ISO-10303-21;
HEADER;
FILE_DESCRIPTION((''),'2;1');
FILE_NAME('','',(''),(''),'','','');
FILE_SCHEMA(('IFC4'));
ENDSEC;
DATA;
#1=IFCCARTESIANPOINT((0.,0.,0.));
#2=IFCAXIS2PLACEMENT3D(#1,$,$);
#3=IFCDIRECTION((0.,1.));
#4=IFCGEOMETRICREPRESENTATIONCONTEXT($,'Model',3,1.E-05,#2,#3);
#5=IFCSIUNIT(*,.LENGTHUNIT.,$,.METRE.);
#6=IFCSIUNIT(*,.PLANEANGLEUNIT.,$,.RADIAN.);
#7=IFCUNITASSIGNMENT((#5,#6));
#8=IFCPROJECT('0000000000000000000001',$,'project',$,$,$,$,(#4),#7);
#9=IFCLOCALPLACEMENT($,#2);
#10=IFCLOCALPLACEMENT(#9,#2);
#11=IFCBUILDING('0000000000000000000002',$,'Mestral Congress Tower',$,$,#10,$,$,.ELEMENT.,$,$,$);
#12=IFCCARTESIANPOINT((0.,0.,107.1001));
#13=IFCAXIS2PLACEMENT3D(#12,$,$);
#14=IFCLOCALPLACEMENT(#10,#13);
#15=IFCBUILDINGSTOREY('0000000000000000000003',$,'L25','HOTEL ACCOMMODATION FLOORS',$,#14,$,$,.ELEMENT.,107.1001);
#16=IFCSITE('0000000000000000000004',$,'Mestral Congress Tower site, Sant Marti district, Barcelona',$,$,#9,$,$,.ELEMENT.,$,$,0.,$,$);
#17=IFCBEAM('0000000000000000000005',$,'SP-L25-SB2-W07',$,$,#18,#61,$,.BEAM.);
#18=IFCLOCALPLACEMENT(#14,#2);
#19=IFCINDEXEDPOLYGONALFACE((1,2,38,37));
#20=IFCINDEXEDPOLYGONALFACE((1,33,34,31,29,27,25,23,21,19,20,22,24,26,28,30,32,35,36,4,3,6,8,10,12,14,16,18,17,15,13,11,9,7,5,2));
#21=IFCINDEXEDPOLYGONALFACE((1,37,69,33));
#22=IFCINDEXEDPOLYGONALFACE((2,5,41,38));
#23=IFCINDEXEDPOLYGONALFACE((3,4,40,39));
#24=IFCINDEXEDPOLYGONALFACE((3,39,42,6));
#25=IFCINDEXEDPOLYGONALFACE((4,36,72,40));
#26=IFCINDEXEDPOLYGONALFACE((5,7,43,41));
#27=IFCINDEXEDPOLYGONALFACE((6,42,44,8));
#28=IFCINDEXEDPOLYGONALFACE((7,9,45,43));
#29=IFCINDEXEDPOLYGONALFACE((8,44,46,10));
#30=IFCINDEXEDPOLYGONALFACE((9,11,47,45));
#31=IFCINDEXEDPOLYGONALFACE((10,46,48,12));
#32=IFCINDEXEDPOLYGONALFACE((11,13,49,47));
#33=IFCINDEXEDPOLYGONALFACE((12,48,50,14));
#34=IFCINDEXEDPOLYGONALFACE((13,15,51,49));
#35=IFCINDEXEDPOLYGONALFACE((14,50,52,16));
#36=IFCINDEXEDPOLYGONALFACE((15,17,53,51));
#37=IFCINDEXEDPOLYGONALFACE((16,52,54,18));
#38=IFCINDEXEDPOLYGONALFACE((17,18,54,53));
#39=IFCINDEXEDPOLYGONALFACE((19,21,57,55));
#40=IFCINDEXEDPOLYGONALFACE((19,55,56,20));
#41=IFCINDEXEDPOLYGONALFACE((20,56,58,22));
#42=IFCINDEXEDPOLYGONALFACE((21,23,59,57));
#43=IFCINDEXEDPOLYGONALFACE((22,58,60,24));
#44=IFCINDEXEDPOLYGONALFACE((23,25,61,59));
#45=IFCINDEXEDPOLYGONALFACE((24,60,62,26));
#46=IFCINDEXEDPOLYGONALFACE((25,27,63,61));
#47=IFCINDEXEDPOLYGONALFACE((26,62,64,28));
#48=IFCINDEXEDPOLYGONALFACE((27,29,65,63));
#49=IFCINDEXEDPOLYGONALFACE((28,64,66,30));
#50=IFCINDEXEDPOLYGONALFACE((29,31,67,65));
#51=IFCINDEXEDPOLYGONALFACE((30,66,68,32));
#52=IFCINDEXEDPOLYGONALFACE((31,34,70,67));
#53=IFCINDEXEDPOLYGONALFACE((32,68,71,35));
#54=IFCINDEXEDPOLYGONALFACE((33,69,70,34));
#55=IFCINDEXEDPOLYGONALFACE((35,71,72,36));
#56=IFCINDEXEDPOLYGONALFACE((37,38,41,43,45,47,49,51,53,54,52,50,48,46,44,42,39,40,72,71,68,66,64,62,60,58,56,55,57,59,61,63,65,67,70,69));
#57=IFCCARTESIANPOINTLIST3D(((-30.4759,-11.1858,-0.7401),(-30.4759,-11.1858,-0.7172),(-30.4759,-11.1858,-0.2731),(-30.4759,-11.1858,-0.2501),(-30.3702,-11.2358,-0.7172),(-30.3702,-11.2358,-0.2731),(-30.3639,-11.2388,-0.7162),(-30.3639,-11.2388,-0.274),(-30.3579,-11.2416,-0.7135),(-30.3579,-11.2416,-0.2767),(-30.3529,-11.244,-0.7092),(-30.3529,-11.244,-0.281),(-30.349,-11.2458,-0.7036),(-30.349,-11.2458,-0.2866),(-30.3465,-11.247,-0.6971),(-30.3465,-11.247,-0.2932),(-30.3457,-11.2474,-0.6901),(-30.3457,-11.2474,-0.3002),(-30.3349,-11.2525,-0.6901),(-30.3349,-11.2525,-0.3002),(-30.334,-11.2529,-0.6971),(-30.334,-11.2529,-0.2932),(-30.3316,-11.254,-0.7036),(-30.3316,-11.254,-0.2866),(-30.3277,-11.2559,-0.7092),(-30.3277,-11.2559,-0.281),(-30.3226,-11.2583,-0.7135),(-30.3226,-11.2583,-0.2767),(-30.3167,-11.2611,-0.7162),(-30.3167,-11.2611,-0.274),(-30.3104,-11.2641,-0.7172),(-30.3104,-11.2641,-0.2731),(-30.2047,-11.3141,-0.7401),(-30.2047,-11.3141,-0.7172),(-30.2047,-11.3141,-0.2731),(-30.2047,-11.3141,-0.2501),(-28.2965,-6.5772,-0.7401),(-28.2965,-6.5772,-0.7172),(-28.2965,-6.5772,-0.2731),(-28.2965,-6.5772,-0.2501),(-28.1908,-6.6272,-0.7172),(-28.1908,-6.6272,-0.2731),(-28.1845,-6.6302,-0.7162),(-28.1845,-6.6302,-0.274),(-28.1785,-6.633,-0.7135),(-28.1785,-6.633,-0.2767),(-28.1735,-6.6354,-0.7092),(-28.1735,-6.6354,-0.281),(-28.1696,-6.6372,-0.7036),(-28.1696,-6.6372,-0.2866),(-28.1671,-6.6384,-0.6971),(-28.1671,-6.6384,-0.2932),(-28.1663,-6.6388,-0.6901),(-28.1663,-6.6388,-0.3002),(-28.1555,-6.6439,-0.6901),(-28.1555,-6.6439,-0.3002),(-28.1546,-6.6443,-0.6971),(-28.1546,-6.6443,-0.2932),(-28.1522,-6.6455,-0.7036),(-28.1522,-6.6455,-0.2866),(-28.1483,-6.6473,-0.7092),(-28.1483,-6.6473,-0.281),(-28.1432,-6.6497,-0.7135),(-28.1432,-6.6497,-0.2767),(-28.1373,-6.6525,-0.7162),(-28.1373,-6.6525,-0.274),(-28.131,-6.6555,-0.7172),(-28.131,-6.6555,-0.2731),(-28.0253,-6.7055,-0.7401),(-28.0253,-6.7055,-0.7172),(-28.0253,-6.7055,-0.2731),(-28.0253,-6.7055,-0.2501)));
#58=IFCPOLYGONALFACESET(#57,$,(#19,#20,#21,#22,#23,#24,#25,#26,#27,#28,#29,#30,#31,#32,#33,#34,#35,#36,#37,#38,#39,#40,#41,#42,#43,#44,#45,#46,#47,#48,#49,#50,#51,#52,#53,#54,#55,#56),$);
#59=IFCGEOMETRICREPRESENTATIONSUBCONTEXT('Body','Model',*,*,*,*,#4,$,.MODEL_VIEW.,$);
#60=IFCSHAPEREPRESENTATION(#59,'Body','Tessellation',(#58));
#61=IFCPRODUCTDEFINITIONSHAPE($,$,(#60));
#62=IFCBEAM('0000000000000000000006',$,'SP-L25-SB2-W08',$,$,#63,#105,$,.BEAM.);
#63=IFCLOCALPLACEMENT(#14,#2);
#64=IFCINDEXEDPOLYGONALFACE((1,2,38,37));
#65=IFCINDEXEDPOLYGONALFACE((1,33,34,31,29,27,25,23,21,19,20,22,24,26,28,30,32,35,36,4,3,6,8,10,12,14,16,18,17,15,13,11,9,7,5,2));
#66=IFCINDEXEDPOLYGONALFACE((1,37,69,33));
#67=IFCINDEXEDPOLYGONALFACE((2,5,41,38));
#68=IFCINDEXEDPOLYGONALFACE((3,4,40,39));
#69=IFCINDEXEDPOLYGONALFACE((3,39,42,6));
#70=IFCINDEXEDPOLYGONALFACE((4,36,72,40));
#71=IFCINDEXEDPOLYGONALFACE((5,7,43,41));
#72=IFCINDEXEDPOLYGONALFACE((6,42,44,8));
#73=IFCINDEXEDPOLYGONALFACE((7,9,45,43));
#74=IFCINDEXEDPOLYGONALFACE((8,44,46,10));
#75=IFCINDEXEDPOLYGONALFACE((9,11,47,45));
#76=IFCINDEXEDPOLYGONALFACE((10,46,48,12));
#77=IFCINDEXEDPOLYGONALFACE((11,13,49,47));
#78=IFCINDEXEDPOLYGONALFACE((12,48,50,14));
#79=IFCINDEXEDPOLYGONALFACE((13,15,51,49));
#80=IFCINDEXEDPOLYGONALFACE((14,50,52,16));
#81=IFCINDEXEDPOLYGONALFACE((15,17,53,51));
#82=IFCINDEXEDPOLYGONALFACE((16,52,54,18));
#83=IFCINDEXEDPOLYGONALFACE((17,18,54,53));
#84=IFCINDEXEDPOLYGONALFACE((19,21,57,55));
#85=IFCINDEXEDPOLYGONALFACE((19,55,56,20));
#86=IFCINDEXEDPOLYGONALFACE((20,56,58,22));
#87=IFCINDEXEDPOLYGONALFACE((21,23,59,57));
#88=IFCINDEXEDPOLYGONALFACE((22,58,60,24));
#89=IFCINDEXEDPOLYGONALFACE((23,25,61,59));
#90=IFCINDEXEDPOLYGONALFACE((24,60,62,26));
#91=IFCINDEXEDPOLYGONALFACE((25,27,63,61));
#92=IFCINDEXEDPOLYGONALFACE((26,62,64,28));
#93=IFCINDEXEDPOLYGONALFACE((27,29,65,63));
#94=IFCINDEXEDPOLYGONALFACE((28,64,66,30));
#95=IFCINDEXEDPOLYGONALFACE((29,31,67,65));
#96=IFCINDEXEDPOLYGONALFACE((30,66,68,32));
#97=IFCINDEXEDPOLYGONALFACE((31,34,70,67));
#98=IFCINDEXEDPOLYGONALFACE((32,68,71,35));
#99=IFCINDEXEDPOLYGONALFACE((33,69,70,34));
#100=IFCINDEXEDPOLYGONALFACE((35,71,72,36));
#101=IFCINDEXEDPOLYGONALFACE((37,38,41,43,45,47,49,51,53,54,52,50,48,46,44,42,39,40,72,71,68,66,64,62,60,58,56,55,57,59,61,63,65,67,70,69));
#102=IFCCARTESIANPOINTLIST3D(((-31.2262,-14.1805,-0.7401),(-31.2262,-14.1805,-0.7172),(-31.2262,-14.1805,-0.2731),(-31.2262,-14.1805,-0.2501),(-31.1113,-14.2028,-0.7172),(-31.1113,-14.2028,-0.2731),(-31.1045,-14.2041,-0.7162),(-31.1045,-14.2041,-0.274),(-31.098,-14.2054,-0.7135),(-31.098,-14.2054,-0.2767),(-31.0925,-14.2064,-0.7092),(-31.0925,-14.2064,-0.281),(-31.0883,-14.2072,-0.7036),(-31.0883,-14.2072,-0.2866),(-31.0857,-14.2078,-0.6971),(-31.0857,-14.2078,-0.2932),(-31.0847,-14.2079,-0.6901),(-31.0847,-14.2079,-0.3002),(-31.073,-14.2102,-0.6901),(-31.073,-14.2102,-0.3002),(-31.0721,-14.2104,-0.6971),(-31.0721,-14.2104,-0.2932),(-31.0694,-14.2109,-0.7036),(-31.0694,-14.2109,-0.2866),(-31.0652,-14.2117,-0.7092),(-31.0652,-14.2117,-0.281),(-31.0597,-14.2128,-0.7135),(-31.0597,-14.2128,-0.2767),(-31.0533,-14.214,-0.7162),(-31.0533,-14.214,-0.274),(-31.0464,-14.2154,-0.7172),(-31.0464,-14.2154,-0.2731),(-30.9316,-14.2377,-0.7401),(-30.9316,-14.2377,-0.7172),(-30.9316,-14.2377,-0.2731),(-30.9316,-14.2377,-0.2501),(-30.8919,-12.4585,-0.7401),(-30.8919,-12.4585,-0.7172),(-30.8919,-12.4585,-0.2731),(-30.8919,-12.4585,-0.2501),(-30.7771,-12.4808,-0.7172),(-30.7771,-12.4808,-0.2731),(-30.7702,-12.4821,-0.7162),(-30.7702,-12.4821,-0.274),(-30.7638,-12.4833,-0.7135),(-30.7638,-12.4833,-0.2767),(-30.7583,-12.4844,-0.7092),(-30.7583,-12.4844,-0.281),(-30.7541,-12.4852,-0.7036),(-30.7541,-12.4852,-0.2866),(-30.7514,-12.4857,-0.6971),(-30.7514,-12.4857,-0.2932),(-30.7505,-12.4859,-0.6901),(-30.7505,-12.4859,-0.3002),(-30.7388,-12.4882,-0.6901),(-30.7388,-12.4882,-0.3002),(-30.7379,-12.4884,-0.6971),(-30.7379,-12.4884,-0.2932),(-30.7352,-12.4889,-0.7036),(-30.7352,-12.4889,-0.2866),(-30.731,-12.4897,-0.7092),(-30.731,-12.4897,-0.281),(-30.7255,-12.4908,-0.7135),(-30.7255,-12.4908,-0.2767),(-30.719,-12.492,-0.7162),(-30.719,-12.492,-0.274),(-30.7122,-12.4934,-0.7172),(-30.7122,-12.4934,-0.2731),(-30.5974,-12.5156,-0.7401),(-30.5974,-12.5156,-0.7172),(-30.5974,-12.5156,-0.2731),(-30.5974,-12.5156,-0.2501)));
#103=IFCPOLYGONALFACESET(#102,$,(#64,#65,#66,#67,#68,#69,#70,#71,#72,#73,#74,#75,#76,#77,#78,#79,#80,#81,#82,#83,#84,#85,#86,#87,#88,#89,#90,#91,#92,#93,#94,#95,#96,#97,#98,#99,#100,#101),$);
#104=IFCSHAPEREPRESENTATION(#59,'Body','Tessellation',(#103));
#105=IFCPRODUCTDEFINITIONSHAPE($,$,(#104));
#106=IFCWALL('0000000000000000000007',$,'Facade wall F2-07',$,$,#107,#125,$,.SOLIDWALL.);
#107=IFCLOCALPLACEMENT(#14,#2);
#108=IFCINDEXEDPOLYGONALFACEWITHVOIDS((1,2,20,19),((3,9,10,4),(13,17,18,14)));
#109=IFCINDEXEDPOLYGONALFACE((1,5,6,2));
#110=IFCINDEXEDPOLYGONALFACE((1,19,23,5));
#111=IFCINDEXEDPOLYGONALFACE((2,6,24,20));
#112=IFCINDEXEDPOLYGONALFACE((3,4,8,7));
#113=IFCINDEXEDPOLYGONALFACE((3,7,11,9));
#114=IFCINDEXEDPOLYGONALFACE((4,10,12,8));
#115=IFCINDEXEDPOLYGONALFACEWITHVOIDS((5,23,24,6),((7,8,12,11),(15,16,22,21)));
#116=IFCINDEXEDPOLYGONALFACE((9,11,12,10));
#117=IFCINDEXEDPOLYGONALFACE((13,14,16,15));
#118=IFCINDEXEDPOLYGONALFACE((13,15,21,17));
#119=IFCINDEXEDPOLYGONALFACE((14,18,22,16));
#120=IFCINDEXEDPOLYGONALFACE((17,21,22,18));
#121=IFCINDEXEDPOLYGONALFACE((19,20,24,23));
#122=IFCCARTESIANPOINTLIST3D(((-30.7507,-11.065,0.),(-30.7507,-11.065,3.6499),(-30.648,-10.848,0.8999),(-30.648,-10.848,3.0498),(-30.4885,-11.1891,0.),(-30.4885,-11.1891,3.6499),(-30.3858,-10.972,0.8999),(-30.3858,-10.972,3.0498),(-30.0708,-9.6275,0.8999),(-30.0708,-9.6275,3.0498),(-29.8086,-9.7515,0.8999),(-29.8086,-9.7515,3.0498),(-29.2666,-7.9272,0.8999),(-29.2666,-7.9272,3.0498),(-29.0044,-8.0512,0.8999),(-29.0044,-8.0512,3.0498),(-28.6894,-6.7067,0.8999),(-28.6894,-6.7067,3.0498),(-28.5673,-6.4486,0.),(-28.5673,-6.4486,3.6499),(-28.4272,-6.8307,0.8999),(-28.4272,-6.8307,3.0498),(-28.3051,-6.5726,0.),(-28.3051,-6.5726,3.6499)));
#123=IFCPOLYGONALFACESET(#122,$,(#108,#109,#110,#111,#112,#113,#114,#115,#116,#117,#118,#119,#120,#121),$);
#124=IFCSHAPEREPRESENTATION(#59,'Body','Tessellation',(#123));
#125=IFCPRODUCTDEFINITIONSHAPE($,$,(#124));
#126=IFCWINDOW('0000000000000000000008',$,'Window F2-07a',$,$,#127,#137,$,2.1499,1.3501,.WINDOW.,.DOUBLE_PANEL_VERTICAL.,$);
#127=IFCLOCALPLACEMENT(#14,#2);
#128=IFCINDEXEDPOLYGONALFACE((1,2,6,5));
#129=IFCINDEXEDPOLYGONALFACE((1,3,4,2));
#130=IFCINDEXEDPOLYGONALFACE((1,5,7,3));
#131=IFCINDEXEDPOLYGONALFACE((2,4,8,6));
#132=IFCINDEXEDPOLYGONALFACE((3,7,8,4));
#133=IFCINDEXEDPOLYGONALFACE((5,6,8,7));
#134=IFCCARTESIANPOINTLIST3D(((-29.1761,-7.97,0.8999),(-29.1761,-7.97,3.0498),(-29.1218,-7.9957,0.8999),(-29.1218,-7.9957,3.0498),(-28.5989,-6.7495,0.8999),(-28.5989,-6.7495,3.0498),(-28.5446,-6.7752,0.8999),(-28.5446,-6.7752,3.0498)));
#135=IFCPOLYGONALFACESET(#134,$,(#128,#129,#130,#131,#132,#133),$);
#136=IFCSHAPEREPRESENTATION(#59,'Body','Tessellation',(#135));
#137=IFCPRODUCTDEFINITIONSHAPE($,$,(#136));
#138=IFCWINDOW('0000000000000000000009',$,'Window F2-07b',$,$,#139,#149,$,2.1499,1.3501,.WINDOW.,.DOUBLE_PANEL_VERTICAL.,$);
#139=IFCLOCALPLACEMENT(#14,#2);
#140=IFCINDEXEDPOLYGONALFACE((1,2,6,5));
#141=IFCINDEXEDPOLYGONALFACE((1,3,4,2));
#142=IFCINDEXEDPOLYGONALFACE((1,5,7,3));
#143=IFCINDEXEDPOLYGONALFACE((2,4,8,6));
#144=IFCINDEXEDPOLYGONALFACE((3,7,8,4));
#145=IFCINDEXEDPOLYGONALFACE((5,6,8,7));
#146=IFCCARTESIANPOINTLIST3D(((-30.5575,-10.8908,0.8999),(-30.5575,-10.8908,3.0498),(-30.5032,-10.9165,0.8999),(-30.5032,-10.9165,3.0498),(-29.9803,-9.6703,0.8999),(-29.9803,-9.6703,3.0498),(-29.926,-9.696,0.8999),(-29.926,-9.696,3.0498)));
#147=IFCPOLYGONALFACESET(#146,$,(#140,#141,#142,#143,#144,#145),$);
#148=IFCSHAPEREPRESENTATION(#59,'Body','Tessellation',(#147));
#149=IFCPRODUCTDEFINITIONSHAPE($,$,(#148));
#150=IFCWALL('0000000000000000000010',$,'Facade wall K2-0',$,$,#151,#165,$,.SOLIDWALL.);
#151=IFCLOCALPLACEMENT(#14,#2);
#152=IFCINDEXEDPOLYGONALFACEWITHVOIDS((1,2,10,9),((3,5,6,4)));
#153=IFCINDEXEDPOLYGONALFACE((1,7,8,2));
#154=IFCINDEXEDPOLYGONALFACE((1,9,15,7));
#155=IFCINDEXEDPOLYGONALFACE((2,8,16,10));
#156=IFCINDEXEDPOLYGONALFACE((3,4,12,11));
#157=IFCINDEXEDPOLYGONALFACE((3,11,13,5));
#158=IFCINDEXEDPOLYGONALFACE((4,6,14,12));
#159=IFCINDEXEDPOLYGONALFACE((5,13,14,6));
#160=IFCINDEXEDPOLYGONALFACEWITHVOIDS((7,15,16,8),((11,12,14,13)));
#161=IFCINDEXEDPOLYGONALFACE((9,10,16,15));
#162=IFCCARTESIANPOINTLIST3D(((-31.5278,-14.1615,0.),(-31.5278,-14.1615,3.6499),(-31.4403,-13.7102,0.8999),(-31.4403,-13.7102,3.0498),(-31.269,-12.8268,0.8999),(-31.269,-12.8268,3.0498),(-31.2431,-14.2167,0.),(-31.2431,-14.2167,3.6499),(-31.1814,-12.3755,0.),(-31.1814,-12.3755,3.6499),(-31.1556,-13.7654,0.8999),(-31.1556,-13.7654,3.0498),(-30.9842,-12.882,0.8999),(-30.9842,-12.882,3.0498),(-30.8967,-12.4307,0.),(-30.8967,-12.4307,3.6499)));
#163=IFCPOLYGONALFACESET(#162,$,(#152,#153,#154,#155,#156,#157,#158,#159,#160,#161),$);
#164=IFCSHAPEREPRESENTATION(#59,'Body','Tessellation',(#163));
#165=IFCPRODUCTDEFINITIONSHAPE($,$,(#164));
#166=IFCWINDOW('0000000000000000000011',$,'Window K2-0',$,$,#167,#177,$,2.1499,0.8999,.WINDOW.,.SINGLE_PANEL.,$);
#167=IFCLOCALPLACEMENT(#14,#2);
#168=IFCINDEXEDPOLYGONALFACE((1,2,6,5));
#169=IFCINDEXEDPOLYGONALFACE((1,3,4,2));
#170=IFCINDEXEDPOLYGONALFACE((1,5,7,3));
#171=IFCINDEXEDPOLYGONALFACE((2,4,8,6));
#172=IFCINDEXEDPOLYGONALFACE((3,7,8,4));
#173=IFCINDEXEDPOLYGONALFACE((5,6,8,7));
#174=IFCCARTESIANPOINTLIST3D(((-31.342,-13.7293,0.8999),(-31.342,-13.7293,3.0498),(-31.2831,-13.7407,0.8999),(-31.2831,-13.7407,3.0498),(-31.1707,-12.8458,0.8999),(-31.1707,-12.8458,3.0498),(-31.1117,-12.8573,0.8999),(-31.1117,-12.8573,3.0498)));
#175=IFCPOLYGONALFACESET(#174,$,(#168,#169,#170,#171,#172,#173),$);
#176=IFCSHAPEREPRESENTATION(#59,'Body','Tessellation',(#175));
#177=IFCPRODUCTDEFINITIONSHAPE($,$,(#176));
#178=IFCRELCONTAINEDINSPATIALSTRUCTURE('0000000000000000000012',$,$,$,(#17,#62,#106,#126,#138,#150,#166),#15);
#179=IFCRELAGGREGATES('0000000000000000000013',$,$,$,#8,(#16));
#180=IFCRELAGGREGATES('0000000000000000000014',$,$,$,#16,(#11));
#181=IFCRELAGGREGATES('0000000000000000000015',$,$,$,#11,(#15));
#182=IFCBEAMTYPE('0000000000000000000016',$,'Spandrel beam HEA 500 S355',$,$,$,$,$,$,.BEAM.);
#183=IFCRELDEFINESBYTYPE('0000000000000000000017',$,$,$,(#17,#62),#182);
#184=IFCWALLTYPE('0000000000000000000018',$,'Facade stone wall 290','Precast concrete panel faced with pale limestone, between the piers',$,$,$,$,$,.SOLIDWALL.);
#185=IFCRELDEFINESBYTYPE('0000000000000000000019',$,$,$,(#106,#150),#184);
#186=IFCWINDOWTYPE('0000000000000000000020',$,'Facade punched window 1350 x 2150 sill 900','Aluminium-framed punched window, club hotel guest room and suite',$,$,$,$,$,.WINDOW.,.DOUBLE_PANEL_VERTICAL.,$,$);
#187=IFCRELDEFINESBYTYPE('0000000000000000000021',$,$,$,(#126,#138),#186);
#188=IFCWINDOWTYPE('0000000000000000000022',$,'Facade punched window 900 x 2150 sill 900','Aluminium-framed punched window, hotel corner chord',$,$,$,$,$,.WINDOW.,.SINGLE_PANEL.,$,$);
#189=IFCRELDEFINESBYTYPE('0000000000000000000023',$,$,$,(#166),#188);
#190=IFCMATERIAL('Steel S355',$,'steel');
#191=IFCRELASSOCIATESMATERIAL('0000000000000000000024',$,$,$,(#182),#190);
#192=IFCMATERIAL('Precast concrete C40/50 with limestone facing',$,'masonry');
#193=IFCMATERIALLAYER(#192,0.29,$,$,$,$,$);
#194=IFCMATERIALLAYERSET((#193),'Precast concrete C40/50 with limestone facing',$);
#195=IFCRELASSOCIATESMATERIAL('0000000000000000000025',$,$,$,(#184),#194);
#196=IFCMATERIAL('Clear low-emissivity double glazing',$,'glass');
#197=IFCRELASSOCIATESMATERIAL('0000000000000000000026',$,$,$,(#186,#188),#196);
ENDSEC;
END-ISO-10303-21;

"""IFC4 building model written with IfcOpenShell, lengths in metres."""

from ifc_helpers import new_model, si_unit, direction, frame, frame_2d, origin, origin_2d, place, context, subcontext, project, spatial, rectangle, i_section, extrude, material, layer, layer_set, material_profile, profile_set, type_object, element, fill, save


model = new_model("IFC4")

# Units and contexts
model_context = context("Model", 3, precision=1e-05, world=origin(), true_north=direction((0.0, 1.0)))
body_context = subcontext(model_context, "Body", "Model", "MODEL_VIEW")
ifc_project = project(units=[si_unit("LENGTHUNIT", "METRE"), si_unit("PLANEANGLEUNIT", "RADIAN")], contexts=[model_context])

# Site, building, storey
site_placement = place(None, origin())
site = spatial("IfcSite", under=ifc_project, at=site_placement, Name="Mestral Congress Tower site, Sant Marti district, Barcelona", CompositionType="ELEMENT", RefElevation=0.0)
building_placement = place(site_placement, origin())
building = spatial("IfcBuilding", under=site, at=building_placement, Name="Mestral Congress Tower", CompositionType="ELEMENT")
storey_placement = place(building_placement, frame((0.0, 0.0, 107.1001)))
storey = spatial("IfcBuildingStorey", under=building, at=storey_placement, Name="L25", Description="HOTEL ACCOMMODATION FLOORS", CompositionType="ELEMENT", Elevation=107.1001)

# Beams
ifc_material_1 = material(Name="Steel S355", Category="steel")
ifc_material_profile_1 = material_profile(ifc_material_1, i_section(OverallWidth=0.3, OverallDepth=0.49, WebThickness=0.012, FlangeThickness=0.0229, FilletRadius=0.0271, at=origin_2d()), Name="HEA 500")
ifc_profile_set_1 = profile_set([ifc_material_profile_1], Name="Steel S355")
beam_type_1 = type_object("IfcBeamType", Name="Spandrel beam HEA 500 S355", PredefinedType="BEAM", material=ifc_profile_set_1)
beam_1_placement = place(storey_placement, frame((-28.1609, -6.6414, -0.4951), z_axis=(-0.42751, -0.904011, 0.0), x_axis=(0.904011, -0.42751, 0.0)))
element("IfcBeam", 1, at=beam_1_placement, inside=storey, type_object=beam_type_1, Name="SP-L25-SB2-W07", PredefinedType="BEAM", context=body_context, shape_type="SweptSolid", body=[
    extrude(i_section(OverallWidth=0.3, OverallDepth=0.49, WebThickness=0.012, FlangeThickness=0.0229, FilletRadius=0.0271, at=origin_2d()), origin(), (0.0, 0.0, 1.0), 5.0979),
])
beam_2_placement = place(storey_placement, frame((-30.7446, -12.4871, -0.4951), z_axis=(-0.190546, -0.981678, 0.0), x_axis=(0.981678, -0.190546, 0.0)))
element("IfcBeam", 2, at=beam_2_placement, inside=storey, type_object=beam_type_1, Name="SP-L25-SB2-W08", PredefinedType="BEAM", context=body_context, shape_type="SweptSolid", body=[
    extrude(i_section(OverallWidth=0.3, OverallDepth=0.49, WebThickness=0.012, FlangeThickness=0.0229, FilletRadius=0.0271, at=origin_2d()), origin(), (0.0, 0.0, 1.0), 1.7542),
])

# Wall, openings, windows
ifc_material_2 = material(Name="Precast concrete C40/50 with limestone facing", Category="masonry")
ifc_layer_1 = layer(ifc_material_2, 0.29)
ifc_layer_set_1 = layer_set([ifc_layer_1], Name="Precast concrete C40/50 with limestone facing")
wall_type_1 = type_object("IfcWallType", Name="Facade stone wall 290", Description="Precast concrete panel faced with pale limestone, between the piers", PredefinedType="SOLIDWALL", material=ifc_layer_set_1)
wall_1_placement = place(storey_placement, frame((-28.4363, -6.5107, 0.0), z_axis=(0.0, 0.0, 1.0), x_axis=(-0.427544, -0.903995, 0.0)))
wall_1 = element("IfcWall", 3, at=wall_1_placement, inside=storey, type_object=wall_type_1, Name="Facade wall F2-07", PredefinedType="SOLIDWALL", context=body_context, shape_type="SweptSolid", body=[
    extrude(rectangle(XDim=5.1067, YDim=0.29, at=frame_2d((2.5532, 0.0))), origin(), (0.0, 0.0, 1.0), 3.6499),
])
opening_1_placement = place(wall_1_placement, frame((0.2854, 0.0, 0.8999)))
opening_1 = element("IfcOpeningElement", 4, at=opening_1_placement, cuts=wall_1, PredefinedType="OPENING", context=body_context, shape_type="SweptSolid", body=[
    extrude(rectangle(XDim=1.3501, YDim=2.1499, at=frame_2d((0.675, 1.075))), frame((0.0, 0.155, 0.0), z_axis=(0.0, -1.0, 0.0), x_axis=(1.0, 0.0, 0.0)), (0.0, 0.0, 1.0), 0.3101),
])
opening_2_placement = place(wall_1_placement, frame((3.5164, 0.0, 0.8999)))
opening_2 = element("IfcOpeningElement", 5, at=opening_2_placement, cuts=wall_1, PredefinedType="OPENING", context=body_context, shape_type="SweptSolid", body=[
    extrude(rectangle(XDim=1.3501, YDim=2.1499, at=frame_2d((0.675, 1.075))), frame((0.0, 0.155, 0.0), z_axis=(0.0, -1.0, 0.0), x_axis=(1.0, 0.0, 0.0)), (0.0, 0.0, 1.0), 0.3101),
])
ifc_material_3 = material(Name="Clear low-emissivity double glazing", Category="glass")
window_type_1 = type_object("IfcWindowType", Name="Facade punched window 1350 x 2150 sill 900", Description="Aluminium-framed punched window, club hotel guest room and suite", PartitioningType="DOUBLE_PANEL_VERTICAL", PredefinedType="WINDOW", material=ifc_material_3)
window_1_placement = place(opening_1_placement, origin())
window_1 = element("IfcWindow", 6, at=window_1_placement, inside=storey, type_object=window_type_1, Name="Window F2-07a", OverallHeight=2.1499, OverallWidth=1.3501, PartitioningType="DOUBLE_PANEL_VERTICAL", PredefinedType="WINDOW", context=body_context, shape_type="SweptSolid", body=[
    extrude(rectangle(XDim=1.3501, YDim=2.1499, at=frame_2d((0.675, 1.075))), frame((0.0, 0.0151, 0.0), z_axis=(0.0, -1.0, 0.0), x_axis=(1.0, 0.0, 0.0)), (0.0, 0.0, 1.0), 0.0601),
])
fill(opening_1, window_1)
window_2_placement = place(opening_2_placement, origin())
window_2 = element("IfcWindow", 7, at=window_2_placement, inside=storey, type_object=window_type_1, Name="Window F2-07b", OverallHeight=2.1499, OverallWidth=1.3501, PartitioningType="DOUBLE_PANEL_VERTICAL", PredefinedType="WINDOW", context=body_context, shape_type="SweptSolid", body=[
    extrude(rectangle(XDim=1.3501, YDim=2.1499, at=frame_2d((0.675, 1.075))), frame((0.0, 0.0151, 0.0), z_axis=(0.0, -1.0, 0.0), x_axis=(1.0, 0.0, 0.0)), (0.0, 0.0, 1.0), 0.0601),
])
fill(opening_2, window_2)

# Wall, opening, window
wall_2_placement = place(storey_placement, frame((-31.0391, -12.4031, 0.0), z_axis=(0.0, 0.0, 1.0), x_axis=(-0.19041, -0.981705, 0.0)))
wall_2 = element("IfcWall", 8, at=wall_2_placement, inside=storey, type_object=wall_type_1, Name="Facade wall K2-0", PredefinedType="SOLIDWALL", context=body_context, shape_type="SweptSolid", body=[
    extrude(rectangle(XDim=1.8193, YDim=0.29, at=frame_2d((0.9097, 0.0))), origin(), (0.0, 0.0, 1.0), 3.6499),
])
opening_3_placement = place(wall_2_placement, frame((0.4597, 0.0, 0.8999)))
opening_3 = element("IfcOpeningElement", 9, at=opening_3_placement, cuts=wall_2, PredefinedType="OPENING", context=body_context, shape_type="SweptSolid", body=[
    extrude(rectangle(XDim=0.8999, YDim=2.1499, at=frame_2d((0.45, 1.075))), frame((0.0, 0.155, 0.0), z_axis=(0.0, -1.0, 0.0), x_axis=(1.0, 0.0, 0.0)), (0.0, 0.0, 1.0), 0.3101),
])
window_type_2 = type_object("IfcWindowType", Name="Facade punched window 900 x 2150 sill 900", Description="Aluminium-framed punched window, hotel corner chord", PartitioningType="SINGLE_PANEL", PredefinedType="WINDOW", material=ifc_material_3)
window_3_placement = place(opening_3_placement, origin())
window_3 = element("IfcWindow", 10, at=window_3_placement, inside=storey, type_object=window_type_2, Name="Window K2-0", OverallHeight=2.1499, OverallWidth=0.8999, PartitioningType="SINGLE_PANEL", PredefinedType="WINDOW", context=body_context, shape_type="SweptSolid", body=[
    extrude(rectangle(XDim=0.8999, YDim=2.1499, at=frame_2d((0.45, 1.075))), frame((0.0, 0.0151, 0.0), z_axis=(0.0, -1.0, 0.0), x_axis=(1.0, 0.0, 0.0)), (0.0, 0.0, 1.0), 0.0601),
])
fill(opening_3, window_3)

save(model, "model.ifc")
